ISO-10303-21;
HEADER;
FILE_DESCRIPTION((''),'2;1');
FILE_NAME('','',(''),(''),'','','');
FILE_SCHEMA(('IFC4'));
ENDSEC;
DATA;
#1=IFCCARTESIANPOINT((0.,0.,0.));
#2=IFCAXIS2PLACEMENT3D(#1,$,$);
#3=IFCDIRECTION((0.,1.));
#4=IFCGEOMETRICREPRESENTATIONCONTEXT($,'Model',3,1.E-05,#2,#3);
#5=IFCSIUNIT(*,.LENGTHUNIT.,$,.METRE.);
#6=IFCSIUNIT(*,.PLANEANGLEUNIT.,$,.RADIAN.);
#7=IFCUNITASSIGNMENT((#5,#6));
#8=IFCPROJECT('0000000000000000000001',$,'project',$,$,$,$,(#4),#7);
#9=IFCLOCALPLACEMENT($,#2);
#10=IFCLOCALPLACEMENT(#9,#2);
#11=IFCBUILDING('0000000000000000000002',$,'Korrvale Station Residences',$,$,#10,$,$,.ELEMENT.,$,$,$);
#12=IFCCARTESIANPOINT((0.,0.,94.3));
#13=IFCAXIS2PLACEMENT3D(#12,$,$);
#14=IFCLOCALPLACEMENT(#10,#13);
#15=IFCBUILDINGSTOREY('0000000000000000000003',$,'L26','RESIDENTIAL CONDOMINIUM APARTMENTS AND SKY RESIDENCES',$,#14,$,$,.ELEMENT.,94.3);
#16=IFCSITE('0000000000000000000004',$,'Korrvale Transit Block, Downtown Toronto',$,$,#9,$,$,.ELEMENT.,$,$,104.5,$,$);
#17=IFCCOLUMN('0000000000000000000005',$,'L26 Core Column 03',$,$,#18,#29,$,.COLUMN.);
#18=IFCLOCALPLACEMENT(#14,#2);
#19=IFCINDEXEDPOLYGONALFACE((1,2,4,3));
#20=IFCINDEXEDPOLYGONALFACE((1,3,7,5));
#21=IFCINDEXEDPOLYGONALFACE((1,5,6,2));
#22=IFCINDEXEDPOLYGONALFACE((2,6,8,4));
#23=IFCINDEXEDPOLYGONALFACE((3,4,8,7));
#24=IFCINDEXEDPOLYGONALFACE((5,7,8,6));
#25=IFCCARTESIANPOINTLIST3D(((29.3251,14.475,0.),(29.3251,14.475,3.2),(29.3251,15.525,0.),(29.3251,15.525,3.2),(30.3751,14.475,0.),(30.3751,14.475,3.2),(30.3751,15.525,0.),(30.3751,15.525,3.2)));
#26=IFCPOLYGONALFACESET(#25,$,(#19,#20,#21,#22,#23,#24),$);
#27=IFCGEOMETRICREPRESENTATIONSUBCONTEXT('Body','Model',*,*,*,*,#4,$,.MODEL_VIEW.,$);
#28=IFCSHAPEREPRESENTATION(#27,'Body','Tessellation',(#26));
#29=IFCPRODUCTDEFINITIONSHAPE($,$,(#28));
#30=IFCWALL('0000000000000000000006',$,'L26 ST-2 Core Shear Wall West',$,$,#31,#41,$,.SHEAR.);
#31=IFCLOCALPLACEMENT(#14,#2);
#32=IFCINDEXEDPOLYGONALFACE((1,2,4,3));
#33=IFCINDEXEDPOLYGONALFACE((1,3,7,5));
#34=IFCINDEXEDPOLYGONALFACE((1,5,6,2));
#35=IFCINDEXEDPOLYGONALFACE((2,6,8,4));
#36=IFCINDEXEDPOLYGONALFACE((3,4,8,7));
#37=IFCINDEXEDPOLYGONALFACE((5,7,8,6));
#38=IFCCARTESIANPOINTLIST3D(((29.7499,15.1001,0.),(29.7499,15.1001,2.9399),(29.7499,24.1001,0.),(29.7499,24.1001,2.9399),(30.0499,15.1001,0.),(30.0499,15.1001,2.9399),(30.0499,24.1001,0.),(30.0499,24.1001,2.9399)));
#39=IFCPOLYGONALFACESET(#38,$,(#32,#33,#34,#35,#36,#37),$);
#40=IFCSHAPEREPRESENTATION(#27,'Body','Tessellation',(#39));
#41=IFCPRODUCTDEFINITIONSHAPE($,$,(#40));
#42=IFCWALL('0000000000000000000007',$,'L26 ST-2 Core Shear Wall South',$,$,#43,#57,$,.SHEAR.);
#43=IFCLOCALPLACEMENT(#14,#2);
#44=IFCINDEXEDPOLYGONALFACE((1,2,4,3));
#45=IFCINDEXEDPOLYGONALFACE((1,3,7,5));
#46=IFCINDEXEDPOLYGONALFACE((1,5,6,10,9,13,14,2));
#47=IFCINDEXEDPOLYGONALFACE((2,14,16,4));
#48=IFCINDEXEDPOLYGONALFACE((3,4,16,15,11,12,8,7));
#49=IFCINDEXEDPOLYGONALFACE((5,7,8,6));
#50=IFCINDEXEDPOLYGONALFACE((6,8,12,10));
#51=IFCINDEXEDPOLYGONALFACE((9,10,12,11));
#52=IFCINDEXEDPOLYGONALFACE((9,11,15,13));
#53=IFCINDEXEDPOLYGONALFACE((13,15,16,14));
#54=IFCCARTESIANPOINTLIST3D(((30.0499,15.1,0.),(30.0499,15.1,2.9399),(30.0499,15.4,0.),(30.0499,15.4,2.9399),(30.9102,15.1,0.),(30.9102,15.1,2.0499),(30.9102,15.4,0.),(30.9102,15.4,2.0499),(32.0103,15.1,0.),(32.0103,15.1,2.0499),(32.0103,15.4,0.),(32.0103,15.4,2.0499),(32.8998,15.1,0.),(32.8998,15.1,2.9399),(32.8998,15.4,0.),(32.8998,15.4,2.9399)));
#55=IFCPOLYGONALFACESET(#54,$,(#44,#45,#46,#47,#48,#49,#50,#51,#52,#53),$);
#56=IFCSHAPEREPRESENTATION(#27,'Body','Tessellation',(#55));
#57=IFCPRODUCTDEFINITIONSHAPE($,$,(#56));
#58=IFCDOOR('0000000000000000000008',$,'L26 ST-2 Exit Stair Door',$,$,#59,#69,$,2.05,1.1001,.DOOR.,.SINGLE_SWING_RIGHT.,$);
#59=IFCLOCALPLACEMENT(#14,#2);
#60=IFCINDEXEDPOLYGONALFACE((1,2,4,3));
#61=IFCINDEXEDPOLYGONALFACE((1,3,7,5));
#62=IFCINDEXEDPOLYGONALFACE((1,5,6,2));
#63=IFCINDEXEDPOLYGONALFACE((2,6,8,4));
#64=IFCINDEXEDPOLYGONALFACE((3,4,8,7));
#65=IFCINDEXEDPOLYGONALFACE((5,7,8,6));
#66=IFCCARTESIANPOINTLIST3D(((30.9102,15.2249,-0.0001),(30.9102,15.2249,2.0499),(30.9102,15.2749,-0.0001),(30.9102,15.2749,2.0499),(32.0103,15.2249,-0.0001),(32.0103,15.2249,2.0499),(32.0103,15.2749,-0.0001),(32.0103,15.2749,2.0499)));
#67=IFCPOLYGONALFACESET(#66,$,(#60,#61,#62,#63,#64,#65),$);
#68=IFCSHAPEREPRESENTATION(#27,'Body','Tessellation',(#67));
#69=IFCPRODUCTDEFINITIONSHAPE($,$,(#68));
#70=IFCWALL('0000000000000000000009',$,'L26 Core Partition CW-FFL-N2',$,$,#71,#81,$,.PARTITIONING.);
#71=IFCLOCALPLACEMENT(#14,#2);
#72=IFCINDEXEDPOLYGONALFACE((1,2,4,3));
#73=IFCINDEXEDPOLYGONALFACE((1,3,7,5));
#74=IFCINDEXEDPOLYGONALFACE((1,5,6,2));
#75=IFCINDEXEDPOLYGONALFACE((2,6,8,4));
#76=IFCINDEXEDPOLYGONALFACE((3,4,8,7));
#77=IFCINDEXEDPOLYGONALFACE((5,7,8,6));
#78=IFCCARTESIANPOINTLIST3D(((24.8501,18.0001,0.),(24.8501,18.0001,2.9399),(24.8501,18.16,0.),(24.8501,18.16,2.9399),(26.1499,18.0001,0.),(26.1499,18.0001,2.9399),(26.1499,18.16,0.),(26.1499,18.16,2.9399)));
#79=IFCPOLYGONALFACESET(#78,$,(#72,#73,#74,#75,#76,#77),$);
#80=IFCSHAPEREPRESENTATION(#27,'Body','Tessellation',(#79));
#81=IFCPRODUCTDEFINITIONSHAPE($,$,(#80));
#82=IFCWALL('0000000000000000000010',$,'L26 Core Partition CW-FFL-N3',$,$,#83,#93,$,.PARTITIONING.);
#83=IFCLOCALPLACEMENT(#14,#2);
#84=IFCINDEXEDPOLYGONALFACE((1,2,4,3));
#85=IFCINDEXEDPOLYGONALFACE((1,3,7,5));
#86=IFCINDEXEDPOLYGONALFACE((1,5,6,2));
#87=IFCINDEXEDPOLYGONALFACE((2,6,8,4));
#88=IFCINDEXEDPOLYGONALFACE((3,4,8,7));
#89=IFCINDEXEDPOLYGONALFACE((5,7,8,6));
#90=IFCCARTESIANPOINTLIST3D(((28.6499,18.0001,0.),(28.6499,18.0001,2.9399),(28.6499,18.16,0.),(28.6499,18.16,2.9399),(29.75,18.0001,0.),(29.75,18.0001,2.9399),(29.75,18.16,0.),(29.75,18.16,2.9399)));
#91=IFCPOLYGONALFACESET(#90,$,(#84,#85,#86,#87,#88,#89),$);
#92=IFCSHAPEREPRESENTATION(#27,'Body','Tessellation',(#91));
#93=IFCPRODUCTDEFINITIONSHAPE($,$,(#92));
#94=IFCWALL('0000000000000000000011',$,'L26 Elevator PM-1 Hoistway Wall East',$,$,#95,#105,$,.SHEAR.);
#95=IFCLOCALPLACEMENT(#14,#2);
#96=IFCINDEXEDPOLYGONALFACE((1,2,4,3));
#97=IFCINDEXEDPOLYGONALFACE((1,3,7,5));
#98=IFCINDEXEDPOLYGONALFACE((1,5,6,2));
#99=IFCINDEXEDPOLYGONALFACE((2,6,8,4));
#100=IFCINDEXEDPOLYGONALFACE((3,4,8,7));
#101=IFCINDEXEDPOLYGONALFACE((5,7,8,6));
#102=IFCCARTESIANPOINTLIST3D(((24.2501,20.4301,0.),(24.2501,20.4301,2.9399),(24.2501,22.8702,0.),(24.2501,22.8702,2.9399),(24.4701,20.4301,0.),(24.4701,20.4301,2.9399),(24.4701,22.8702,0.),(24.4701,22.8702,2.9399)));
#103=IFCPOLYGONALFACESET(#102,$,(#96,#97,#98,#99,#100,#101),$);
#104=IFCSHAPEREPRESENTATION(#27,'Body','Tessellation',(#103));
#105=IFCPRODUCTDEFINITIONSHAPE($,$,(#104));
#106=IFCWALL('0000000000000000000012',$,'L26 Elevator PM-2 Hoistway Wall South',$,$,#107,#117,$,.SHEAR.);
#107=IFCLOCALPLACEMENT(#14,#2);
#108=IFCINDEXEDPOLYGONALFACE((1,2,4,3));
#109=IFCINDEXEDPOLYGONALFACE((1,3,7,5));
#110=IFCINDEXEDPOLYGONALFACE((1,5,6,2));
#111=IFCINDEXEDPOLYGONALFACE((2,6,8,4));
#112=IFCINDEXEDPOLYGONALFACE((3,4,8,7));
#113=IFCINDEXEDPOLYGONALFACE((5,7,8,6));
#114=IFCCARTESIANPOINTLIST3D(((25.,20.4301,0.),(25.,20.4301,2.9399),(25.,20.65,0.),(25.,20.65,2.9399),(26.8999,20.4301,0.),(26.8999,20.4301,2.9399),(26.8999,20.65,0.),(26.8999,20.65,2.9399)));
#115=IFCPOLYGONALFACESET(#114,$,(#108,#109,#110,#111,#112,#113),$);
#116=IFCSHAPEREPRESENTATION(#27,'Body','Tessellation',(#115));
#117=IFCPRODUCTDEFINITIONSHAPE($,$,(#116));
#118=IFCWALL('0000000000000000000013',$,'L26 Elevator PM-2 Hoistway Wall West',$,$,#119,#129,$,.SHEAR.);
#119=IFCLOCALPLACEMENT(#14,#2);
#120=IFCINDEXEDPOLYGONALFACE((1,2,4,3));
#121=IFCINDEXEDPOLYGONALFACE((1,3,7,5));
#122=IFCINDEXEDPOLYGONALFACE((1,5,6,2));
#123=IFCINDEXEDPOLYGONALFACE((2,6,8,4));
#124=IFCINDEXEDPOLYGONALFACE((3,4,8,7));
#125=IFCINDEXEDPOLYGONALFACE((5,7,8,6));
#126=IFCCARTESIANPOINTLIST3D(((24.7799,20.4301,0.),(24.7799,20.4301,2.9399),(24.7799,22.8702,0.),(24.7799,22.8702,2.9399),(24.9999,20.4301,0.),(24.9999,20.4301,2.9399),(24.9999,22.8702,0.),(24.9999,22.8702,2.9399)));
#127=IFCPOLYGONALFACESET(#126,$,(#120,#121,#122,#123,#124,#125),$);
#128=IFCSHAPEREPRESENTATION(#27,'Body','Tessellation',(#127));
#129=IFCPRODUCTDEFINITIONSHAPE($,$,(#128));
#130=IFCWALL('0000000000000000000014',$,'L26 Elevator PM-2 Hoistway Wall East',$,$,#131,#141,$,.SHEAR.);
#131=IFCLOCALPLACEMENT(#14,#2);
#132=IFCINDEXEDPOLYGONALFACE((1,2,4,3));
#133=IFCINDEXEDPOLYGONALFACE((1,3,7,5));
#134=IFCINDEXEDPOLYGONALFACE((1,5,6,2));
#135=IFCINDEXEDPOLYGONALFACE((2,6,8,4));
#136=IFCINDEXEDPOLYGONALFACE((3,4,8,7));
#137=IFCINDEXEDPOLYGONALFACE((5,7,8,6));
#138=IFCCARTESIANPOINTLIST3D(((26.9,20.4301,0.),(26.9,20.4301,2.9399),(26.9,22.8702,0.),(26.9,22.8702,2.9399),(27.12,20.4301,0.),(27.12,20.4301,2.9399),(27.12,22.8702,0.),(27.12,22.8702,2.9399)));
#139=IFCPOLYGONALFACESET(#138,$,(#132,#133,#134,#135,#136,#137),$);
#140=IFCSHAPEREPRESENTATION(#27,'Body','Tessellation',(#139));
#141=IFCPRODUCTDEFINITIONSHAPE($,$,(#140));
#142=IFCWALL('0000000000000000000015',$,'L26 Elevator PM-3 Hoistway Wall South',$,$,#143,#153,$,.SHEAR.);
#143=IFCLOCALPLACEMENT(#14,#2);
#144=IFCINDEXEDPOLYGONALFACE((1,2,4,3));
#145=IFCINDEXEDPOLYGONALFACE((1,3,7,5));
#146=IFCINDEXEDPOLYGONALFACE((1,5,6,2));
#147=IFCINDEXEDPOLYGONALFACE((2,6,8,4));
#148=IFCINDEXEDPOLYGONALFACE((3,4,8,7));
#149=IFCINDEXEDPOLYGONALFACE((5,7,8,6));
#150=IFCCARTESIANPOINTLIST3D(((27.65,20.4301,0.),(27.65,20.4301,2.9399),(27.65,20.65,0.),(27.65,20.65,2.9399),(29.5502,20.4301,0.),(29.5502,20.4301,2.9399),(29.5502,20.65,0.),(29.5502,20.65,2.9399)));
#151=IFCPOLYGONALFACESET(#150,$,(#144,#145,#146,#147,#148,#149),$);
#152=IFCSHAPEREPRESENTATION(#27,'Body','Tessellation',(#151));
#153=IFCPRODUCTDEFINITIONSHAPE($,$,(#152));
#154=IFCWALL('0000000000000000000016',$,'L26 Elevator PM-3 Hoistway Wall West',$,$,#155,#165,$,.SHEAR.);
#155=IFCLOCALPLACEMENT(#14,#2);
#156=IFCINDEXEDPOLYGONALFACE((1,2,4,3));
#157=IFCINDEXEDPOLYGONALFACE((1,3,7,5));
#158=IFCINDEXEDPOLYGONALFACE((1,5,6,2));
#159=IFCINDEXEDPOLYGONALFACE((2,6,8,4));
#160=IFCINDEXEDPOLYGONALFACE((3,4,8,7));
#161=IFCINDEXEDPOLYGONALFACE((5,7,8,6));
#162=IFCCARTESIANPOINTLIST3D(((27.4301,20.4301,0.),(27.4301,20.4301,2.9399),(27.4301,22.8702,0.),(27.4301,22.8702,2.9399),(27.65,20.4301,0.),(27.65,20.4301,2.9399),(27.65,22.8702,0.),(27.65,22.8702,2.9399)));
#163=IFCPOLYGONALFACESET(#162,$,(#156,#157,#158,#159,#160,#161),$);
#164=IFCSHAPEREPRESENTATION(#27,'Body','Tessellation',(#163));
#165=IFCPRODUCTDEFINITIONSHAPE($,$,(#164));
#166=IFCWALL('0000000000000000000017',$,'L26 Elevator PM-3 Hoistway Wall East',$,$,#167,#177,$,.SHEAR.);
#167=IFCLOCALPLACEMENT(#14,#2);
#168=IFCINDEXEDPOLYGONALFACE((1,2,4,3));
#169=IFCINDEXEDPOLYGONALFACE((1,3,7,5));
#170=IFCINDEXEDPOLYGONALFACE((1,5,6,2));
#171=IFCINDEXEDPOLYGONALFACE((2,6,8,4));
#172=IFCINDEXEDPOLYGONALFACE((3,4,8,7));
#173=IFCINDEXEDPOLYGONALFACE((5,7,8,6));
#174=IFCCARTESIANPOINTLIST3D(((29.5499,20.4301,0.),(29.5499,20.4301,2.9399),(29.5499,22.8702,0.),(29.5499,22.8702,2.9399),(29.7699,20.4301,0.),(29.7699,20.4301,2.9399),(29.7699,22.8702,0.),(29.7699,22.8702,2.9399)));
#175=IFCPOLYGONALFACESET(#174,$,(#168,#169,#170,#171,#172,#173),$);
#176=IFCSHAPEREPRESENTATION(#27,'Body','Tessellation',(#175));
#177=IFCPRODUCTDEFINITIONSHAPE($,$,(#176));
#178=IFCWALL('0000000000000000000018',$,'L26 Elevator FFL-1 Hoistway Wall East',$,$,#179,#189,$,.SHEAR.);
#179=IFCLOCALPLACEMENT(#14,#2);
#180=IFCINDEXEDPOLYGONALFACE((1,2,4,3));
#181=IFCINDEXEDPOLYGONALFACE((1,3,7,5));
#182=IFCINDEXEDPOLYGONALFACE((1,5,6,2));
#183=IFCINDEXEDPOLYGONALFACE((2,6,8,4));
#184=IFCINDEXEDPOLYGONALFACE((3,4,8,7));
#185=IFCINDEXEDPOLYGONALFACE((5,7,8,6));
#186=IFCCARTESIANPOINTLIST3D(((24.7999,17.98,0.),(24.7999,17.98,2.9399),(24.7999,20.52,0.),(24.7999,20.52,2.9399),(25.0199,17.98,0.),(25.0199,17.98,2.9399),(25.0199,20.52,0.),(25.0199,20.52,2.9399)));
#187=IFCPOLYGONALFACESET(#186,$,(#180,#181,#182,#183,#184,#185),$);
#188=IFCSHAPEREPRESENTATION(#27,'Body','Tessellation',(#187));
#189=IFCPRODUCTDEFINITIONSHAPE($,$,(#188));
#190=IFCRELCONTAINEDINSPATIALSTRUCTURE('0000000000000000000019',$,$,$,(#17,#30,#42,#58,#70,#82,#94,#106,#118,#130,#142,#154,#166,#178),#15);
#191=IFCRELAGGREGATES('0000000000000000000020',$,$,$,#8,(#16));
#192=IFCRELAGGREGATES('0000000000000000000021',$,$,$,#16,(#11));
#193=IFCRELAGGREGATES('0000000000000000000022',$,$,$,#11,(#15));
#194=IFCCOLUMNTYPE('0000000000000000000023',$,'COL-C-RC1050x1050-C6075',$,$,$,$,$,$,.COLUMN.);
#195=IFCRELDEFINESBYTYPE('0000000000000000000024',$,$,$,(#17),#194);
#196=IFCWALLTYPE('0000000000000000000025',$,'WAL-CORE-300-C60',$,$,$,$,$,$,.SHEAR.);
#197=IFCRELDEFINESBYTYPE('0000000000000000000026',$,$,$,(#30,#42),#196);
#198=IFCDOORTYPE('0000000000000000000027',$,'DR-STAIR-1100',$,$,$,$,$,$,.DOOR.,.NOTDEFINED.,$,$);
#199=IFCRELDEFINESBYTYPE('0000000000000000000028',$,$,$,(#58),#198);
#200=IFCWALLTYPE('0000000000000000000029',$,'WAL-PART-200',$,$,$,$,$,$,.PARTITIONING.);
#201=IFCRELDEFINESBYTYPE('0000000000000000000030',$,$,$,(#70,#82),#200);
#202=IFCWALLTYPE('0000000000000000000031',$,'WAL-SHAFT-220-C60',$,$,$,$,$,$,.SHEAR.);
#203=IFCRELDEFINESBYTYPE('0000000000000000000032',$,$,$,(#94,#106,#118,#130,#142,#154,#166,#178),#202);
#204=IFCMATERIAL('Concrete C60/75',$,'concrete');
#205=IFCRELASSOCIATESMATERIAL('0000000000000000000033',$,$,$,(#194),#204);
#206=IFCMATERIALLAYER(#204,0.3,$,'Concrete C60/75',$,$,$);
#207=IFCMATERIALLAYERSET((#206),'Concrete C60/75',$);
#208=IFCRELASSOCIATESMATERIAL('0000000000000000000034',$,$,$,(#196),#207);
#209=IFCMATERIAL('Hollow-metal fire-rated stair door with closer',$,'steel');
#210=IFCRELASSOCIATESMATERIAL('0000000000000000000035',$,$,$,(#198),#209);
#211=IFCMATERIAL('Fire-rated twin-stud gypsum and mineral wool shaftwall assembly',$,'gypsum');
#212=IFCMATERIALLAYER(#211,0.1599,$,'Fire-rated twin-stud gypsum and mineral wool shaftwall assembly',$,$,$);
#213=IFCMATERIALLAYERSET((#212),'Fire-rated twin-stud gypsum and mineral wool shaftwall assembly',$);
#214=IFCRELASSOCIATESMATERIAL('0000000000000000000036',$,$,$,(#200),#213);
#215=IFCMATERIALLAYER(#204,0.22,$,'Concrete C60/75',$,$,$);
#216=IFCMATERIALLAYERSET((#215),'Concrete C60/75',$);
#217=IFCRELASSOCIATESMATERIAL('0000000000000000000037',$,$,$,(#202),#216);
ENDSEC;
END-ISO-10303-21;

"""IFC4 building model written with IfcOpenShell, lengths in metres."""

from ifc_helpers import new_model, si_unit, direction, frame, frame_2d, origin, origin_2d, place, context, subcontext, project, spatial, rectangle, extrude, material, layer, layer_set, material_profile, profile_set, type_object, element, fill, save


model = new_model("IFC4")

# Units and contexts
model_context = context("Model", 3, precision=1e-05, world=origin(), true_north=direction((0.0, 1.0)))
body_context = subcontext(model_context, "Body", "Model", "MODEL_VIEW")
ifc_project = project(units=[si_unit("LENGTHUNIT", "METRE"), si_unit("PLANEANGLEUNIT", "RADIAN")], contexts=[model_context])

# Site, building, storey
site_placement = place(None, origin())
site = spatial("IfcSite", under=ifc_project, at=site_placement, Name="Korrvale Transit Block, Downtown Toronto", CompositionType="ELEMENT", RefElevation=104.5)
building_placement = place(site_placement, origin())
building = spatial("IfcBuilding", under=site, at=building_placement, Name="Korrvale Station Residences", CompositionType="ELEMENT")
storey_placement = place(building_placement, frame((0.0, 0.0, 94.3)))
storey = spatial("IfcBuildingStorey", under=building, at=storey_placement, Name="L26", Description="RESIDENTIAL CONDOMINIUM APARTMENTS AND SKY RESIDENCES", CompositionType="ELEMENT", Elevation=94.3)

# Column
ifc_material_1 = material(Name="Concrete C60/75", Category="concrete")
ifc_material_profile = material_profile(ifc_material_1, rectangle(XDim=1.05, YDim=1.05, at=origin_2d()), Name="RC1050x1050")
ifc_profile_set = profile_set([ifc_material_profile], Name="Concrete C60/75")
column_type = type_object("IfcColumnType", Name="COL-C-RC1050x1050-C6075", PredefinedType="COLUMN", material=ifc_profile_set)
column_placement = place(storey_placement, frame((29.8501, 15.0, 0.0), z_axis=(0.0, 0.0, 1.0), x_axis=(1.0, 0.0, 0.0)))
element("IfcColumn", 1, at=column_placement, inside=storey, type_object=column_type, Name="L26 Core Column 03", PredefinedType="COLUMN", context=body_context, shape_type="SweptSolid", body=[
    extrude(rectangle(XDim=1.05, YDim=1.05, at=origin_2d()), origin(), (0.0, 0.0, 1.0), 3.2),
])

# Wall
ifc_layer_1 = layer(ifc_material_1, 0.3, Name="Concrete C60/75")
ifc_layer_set_1 = layer_set([ifc_layer_1], Name="Concrete C60/75")
wall_type_1 = type_object("IfcWallType", Name="WAL-CORE-300-C60", PredefinedType="SHEAR", material=ifc_layer_set_1)
wall_1_placement = place(storey_placement, frame((29.8999, 15.1001, 0.0), z_axis=(0.0, 0.0, 1.0), x_axis=(0.0, 1.0, 0.0)))
element("IfcWall", 2, at=wall_1_placement, inside=storey, type_object=wall_type_1, Name="L26 ST-2 Core Shear Wall West", PredefinedType="SHEAR", context=body_context, shape_type="SweptSolid", body=[
    extrude(rectangle(XDim=9.0, YDim=0.3, at=frame_2d((4.5, 0.0))), origin(), (0.0, 0.0, 1.0), 2.9399),
])

# Wall, opening, door
wall_2_placement = place(storey_placement, frame((30.05, 15.25, 0.0), z_axis=(0.0, 0.0, 1.0), x_axis=(1.0, 0.0, 0.0)))
wall_2 = element("IfcWall", 3, at=wall_2_placement, inside=storey, type_object=wall_type_1, Name="L26 ST-2 Core Shear Wall South", PredefinedType="SHEAR", context=body_context, shape_type="SweptSolid", body=[
    extrude(rectangle(XDim=2.8499, YDim=0.3, at=frame_2d((1.4248, 0.0))), origin(), (0.0, 0.0, 1.0), 2.9399),
])
opening_1_placement = place(wall_2_placement, frame((0.8601, 0.0, 0.0)))
opening_1 = element("IfcOpeningElement", 4, at=opening_1_placement, cuts=wall_2, PredefinedType="OPENING", context=body_context, shape_type="SweptSolid", body=[
    extrude(rectangle(XDim=1.1001, YDim=2.05, at=frame_2d((0.55, 1.0249))), frame((0.0, 0.1602, 0.0), z_axis=(0.0, -1.0, 0.0), x_axis=(1.0, 0.0, 0.0)), (0.0, 0.0, 1.0), 0.3201),
])
ifc_material_2 = material(Name="Hollow-metal fire-rated stair door with closer", Category="steel")
door_type_1 = type_object("IfcDoorType", Name="DR-STAIR-1100", OperationType="NOTDEFINED", PredefinedType="DOOR", material=ifc_material_2)
door_1_placement = place(opening_1_placement, origin())
door_1 = element("IfcDoor", 5, at=door_1_placement, inside=storey, type_object=door_type_1, Name="L26 ST-2 Exit Stair Door", OperationType="SINGLE_SWING_RIGHT", OverallHeight=2.05, OverallWidth=1.1001, PredefinedType="DOOR", context=body_context, shape_type="SweptSolid", body=[
    extrude(rectangle(XDim=1.1001, YDim=2.05, at=frame_2d((0.55, 1.0249))), frame((0.0, 0.0249, 0.0), z_axis=(0.0, -1.0, 0.0), x_axis=(1.0, 0.0, 0.0)), (0.0, 0.0, 1.0), 0.05),
])
fill(opening_1, door_1)

# Walls
ifc_material_3 = material(Name="Fire-rated twin-stud gypsum and mineral wool shaftwall assembly", Category="gypsum")
ifc_layer_2 = layer(ifc_material_3, 0.1599, Name="Fire-rated twin-stud gypsum and mineral wool shaftwall assembly")
ifc_layer_set_2 = layer_set([ifc_layer_2], Name="Fire-rated twin-stud gypsum and mineral wool shaftwall assembly")
wall_type_2 = type_object("IfcWallType", Name="WAL-PART-200", PredefinedType="PARTITIONING", material=ifc_layer_set_2)
wall_3_placement = place(storey_placement, frame((24.8501, 18.0801, 0.0), z_axis=(0.0, 0.0, 1.0), x_axis=(1.0, 0.0, 0.0)))
element("IfcWall", 6, at=wall_3_placement, inside=storey, type_object=wall_type_2, Name="L26 Core Partition CW-FFL-N2", PredefinedType="PARTITIONING", context=body_context, shape_type="SweptSolid", body=[
    extrude(rectangle(XDim=1.2998, YDim=0.1599, at=frame_2d((0.6499, 0.0))), origin(), (0.0, 0.0, 1.0), 2.9399),
])
wall_4_placement = place(storey_placement, frame((28.6499, 18.0801, 0.0), z_axis=(0.0, 0.0, 1.0), x_axis=(1.0, 0.0, 0.0)))
element("IfcWall", 7, at=wall_4_placement, inside=storey, type_object=wall_type_2, Name="L26 Core Partition CW-FFL-N3", PredefinedType="PARTITIONING", context=body_context, shape_type="SweptSolid", body=[
    extrude(rectangle(XDim=1.1001, YDim=0.1599, at=frame_2d((0.55, 0.0))), origin(), (0.0, 0.0, 1.0), 2.9399),
])
ifc_layer_3 = layer(ifc_material_1, 0.22, Name="Concrete C60/75")
ifc_layer_set_3 = layer_set([ifc_layer_3], Name="Concrete C60/75")
wall_type_3 = type_object("IfcWallType", Name="WAL-SHAFT-220-C60", PredefinedType="SHEAR", material=ifc_layer_set_3)
wall_5_placement = place(storey_placement, frame((24.3601, 20.4299, 0.0), z_axis=(0.0, 0.0, 1.0), x_axis=(0.0, 1.0, 0.0)))
element("IfcWall", 8, at=wall_5_placement, inside=storey, type_object=wall_type_3, Name="L26 Elevator PM-1 Hoistway Wall East", PredefinedType="SHEAR", context=body_context, shape_type="SweptSolid", body=[
    extrude(rectangle(XDim=2.4402, YDim=0.22, at=frame_2d((1.2202, 0.0))), origin(), (0.0, 0.0, 1.0), 2.9399),
])
wall_6_placement = place(storey_placement, frame((25.0, 20.54, 0.0), z_axis=(0.0, 0.0, 1.0), x_axis=(1.0, 0.0, 0.0)))
element("IfcWall", 9, at=wall_6_placement, inside=storey, type_object=wall_type_3, Name="L26 Elevator PM-2 Hoistway Wall South", PredefinedType="SHEAR", context=body_context, shape_type="SweptSolid", body=[
    extrude(rectangle(XDim=1.8999, YDim=0.22, at=frame_2d((0.95, 0.0))), origin(), (0.0, 0.0, 1.0), 2.9399),
])
for number, where, z_axis, x_axis, name in (
    (10, (24.8899, 20.4299, 0.0), (0.0, 0.0, 1.0), (0.0, 1.0, 0.0), "L26 Elevator PM-2 Hoistway Wall West"),
    (11, (27.01, 20.4299, 0.0), (0.0, 0.0, 1.0), (0.0, 1.0, 0.0), "L26 Elevator PM-2 Hoistway Wall East"),
):
    element("IfcWall", number, at=place(storey_placement, frame(where, z_axis=z_axis, x_axis=x_axis)), inside=storey, type_object=wall_type_3, Name=name, PredefinedType="SHEAR", context=body_context, shape_type="SweptSolid", body=[
        extrude(rectangle(XDim=2.4402, YDim=0.22, at=frame_2d((1.2202, 0.0))), origin(), (0.0, 0.0, 1.0), 2.9399),
    ])
wall_7_placement = place(storey_placement, frame((27.6499, 20.54, 0.0), z_axis=(0.0, 0.0, 1.0), x_axis=(1.0, 0.0, 0.0)))
element("IfcWall", 12, at=wall_7_placement, inside=storey, type_object=wall_type_3, Name="L26 Elevator PM-3 Hoistway Wall South", PredefinedType="SHEAR", context=body_context, shape_type="SweptSolid", body=[
    extrude(rectangle(XDim=1.9001, YDim=0.22, at=frame_2d((0.9502, 0.0))), origin(), (0.0, 0.0, 1.0), 2.9399),
])
for number, where, z_axis, x_axis, name in (
    (13, (27.54, 20.4299, 0.0), (0.0, 0.0, 1.0), (0.0, 1.0, 0.0), "L26 Elevator PM-3 Hoistway Wall West"),
    (14, (29.6599, 20.4299, 0.0), (0.0, 0.0, 1.0), (0.0, 1.0, 0.0), "L26 Elevator PM-3 Hoistway Wall East"),
):
    element("IfcWall", number, at=place(storey_placement, frame(where, z_axis=z_axis, x_axis=x_axis)), inside=storey, type_object=wall_type_3, Name=name, PredefinedType="SHEAR", context=body_context, shape_type="SweptSolid", body=[
        extrude(rectangle(XDim=2.4402, YDim=0.22, at=frame_2d((1.2202, 0.0))), origin(), (0.0, 0.0, 1.0), 2.9399),
    ])
wall_8_placement = place(storey_placement, frame((24.9099, 17.98, 0.0), z_axis=(0.0, 0.0, 1.0), x_axis=(0.0, 1.0, 0.0)))
element("IfcWall", 15, at=wall_8_placement, inside=storey, type_object=wall_type_3, Name="L26 Elevator FFL-1 Hoistway Wall East", PredefinedType="SHEAR", context=body_context, shape_type="SweptSolid", body=[
    extrude(rectangle(XDim=2.54, YDim=0.22, at=frame_2d((1.27, 0.0))), origin(), (0.0, 0.0, 1.0), 2.9399),
])

save(model, "model.ifc")
